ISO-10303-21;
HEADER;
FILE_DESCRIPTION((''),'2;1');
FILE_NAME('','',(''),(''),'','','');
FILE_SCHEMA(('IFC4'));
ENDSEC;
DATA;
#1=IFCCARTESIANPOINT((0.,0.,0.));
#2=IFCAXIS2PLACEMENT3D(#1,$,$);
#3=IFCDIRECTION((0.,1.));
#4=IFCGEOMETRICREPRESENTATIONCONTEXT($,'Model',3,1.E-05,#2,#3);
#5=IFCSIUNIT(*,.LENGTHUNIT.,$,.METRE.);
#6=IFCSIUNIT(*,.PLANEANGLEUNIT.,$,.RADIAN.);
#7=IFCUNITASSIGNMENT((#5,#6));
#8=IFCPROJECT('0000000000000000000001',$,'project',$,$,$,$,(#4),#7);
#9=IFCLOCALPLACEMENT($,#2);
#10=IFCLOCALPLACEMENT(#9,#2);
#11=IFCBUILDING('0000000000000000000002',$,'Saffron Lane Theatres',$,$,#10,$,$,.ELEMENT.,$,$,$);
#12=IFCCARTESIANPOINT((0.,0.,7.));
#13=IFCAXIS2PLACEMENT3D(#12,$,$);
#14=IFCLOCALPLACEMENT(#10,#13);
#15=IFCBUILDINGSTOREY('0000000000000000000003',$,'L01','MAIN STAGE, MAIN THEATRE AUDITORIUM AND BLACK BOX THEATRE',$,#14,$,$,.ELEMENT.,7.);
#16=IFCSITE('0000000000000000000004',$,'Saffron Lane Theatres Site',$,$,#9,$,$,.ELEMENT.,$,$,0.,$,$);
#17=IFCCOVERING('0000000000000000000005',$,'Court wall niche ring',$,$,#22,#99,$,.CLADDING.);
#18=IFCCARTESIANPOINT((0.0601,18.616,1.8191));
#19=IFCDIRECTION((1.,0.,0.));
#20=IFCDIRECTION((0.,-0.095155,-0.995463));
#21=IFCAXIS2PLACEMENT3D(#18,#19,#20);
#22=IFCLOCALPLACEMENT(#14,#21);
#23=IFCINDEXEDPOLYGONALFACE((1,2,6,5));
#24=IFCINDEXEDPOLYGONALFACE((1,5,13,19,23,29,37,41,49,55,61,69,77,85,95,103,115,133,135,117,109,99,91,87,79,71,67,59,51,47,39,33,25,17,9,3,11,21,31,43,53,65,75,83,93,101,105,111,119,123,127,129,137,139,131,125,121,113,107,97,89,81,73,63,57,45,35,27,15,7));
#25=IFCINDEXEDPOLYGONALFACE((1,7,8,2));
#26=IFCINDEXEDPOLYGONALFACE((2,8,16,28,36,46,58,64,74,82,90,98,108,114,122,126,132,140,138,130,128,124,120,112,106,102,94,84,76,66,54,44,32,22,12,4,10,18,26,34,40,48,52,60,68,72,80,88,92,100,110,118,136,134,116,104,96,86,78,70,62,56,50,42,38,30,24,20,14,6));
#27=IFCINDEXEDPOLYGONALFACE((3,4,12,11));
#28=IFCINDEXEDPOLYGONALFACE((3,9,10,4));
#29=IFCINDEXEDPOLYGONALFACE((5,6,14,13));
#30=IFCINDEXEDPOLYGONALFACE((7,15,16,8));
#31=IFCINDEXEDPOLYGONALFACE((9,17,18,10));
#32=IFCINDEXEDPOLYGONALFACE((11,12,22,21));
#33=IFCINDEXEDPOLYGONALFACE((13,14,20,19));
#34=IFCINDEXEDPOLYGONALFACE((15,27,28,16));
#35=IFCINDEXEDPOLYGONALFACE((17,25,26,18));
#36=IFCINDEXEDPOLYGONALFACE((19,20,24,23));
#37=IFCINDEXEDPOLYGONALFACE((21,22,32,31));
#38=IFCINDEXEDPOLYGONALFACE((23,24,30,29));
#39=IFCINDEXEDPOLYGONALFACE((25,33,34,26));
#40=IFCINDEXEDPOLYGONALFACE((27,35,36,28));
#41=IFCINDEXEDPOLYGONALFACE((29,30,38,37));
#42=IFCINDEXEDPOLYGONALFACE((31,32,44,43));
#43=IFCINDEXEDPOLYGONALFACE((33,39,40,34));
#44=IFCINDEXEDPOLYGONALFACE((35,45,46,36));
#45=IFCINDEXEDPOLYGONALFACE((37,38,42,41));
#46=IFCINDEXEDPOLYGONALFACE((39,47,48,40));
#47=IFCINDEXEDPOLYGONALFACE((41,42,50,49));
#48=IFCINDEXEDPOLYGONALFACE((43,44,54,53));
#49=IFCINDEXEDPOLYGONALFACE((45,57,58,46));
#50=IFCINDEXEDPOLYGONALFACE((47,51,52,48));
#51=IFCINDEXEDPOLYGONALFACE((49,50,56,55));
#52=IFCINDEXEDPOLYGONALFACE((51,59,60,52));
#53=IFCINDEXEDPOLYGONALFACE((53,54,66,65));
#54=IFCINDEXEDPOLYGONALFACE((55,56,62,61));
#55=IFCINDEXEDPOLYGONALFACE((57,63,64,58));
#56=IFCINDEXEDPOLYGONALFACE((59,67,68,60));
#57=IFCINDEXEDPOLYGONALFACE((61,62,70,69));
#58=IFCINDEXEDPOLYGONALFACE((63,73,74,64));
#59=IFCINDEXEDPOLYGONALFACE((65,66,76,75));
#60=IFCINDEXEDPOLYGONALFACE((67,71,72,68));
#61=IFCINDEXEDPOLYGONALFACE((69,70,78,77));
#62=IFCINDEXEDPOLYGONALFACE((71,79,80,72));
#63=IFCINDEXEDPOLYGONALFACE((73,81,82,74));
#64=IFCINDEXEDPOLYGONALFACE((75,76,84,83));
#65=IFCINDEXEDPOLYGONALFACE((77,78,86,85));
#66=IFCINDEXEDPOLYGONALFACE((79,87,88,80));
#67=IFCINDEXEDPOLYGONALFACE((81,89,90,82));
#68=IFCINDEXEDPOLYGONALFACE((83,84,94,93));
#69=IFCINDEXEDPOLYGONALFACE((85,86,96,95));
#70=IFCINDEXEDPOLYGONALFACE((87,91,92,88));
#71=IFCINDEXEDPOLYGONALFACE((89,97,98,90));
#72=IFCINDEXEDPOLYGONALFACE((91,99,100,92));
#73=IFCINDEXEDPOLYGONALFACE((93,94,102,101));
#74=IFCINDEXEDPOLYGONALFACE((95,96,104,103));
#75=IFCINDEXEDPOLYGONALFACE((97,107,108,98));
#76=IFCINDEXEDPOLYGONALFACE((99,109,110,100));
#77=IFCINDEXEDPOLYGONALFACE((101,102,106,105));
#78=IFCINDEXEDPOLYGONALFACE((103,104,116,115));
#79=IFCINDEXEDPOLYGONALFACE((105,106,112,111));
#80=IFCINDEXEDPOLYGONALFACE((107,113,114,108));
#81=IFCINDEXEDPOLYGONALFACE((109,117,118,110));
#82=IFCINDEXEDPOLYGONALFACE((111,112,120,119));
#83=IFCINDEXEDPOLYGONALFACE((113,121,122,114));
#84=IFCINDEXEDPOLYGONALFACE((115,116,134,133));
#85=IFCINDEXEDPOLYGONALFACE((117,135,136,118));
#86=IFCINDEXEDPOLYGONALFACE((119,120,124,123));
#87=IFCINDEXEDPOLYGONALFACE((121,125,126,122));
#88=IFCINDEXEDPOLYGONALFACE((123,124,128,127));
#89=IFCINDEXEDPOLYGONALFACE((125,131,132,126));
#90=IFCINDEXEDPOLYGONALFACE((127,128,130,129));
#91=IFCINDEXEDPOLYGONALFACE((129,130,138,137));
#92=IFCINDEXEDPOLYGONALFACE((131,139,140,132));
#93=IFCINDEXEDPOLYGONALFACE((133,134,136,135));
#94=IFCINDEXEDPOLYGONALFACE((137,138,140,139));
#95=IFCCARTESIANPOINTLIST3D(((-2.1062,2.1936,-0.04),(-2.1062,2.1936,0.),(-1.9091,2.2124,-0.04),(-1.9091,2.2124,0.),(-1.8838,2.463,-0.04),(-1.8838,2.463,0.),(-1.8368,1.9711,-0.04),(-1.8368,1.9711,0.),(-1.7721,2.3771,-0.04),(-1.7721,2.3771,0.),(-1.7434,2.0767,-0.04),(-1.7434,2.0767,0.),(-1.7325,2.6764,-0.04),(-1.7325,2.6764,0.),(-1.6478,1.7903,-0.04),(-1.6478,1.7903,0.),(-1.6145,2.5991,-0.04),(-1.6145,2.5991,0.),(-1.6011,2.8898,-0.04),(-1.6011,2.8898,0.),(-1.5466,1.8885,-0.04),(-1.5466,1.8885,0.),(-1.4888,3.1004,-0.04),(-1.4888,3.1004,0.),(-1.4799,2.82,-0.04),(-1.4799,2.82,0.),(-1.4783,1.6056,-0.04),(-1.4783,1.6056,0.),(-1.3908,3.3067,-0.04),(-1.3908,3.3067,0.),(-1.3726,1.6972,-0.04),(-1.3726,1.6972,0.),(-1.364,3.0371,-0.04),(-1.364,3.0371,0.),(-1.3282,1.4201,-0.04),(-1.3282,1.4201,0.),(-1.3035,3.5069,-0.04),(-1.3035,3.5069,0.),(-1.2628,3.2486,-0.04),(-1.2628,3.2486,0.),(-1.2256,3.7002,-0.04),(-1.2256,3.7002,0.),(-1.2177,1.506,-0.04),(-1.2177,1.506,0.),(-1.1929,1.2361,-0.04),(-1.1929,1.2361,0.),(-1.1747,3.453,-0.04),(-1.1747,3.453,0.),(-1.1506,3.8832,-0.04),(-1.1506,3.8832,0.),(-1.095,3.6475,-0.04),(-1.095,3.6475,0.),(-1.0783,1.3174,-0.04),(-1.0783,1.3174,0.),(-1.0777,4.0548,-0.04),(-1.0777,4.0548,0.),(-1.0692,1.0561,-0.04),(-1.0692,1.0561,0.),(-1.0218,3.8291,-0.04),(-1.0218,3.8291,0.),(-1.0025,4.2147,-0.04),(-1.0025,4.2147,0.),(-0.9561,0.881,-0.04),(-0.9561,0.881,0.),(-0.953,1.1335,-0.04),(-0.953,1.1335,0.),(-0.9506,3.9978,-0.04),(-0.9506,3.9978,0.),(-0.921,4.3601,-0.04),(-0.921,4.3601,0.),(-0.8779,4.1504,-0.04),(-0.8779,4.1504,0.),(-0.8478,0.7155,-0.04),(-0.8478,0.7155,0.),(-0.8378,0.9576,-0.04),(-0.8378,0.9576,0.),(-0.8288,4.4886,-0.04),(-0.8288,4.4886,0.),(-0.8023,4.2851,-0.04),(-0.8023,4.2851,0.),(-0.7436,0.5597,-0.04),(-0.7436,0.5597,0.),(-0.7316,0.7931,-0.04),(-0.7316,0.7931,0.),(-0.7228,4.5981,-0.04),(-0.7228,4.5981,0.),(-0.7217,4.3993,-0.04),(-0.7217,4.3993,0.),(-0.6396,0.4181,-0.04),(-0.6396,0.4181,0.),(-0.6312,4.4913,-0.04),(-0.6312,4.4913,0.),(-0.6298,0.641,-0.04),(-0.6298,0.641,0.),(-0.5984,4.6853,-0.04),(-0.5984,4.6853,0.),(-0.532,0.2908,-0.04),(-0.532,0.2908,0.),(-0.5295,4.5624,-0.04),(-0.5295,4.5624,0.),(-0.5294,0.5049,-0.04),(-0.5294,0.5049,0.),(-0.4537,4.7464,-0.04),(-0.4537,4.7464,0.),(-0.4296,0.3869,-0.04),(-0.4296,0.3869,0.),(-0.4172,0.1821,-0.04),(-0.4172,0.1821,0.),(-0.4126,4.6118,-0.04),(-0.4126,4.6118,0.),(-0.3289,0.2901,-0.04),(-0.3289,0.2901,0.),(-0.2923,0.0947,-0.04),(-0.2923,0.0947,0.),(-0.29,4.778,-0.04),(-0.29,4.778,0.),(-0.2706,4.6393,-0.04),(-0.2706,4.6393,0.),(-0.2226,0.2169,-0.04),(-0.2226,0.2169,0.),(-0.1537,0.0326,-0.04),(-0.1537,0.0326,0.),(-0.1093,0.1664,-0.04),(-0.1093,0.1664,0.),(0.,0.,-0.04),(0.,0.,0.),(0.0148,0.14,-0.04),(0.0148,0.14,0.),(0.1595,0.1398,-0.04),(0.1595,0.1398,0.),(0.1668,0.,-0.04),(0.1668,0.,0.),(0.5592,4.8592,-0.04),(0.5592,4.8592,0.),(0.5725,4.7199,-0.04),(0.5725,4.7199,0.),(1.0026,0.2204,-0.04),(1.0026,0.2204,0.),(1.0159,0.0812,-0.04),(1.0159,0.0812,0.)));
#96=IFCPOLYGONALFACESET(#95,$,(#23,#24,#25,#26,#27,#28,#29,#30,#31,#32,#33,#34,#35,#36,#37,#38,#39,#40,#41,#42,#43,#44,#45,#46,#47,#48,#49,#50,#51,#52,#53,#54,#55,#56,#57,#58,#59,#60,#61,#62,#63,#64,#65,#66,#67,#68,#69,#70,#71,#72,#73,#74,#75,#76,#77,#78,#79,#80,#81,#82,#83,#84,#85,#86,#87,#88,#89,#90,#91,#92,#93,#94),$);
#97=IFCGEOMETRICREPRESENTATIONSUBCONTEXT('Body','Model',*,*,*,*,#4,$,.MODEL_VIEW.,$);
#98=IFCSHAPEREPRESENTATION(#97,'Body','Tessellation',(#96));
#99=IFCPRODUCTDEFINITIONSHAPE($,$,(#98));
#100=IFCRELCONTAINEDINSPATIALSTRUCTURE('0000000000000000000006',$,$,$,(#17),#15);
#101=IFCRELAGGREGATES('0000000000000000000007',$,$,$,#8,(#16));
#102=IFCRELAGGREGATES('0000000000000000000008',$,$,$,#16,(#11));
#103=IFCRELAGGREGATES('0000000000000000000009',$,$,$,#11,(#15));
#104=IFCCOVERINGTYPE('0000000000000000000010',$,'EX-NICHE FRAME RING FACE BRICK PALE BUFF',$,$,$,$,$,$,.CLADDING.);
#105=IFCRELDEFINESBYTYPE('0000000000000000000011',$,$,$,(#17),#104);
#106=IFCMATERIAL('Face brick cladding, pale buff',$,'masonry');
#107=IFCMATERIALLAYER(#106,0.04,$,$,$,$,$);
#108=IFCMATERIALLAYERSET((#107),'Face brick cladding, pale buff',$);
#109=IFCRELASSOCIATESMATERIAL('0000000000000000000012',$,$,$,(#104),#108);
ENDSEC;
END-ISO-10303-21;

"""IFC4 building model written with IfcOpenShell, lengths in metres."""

from ifc_helpers import new_model, si_unit, direction, frame, origin, place, context, subcontext, project, spatial, polyline, outline, extrude, material, layer, layer_set, type_object, element, save


model = new_model("IFC4")

# Units and contexts
model_context = context("Model", 3, precision=1e-05, world=origin(), true_north=direction((0.0, 1.0)))
body_context = subcontext(model_context, "Body", "Model", "MODEL_VIEW")
ifc_project = project(units=[si_unit("LENGTHUNIT", "METRE"), si_unit("PLANEANGLEUNIT", "RADIAN")], contexts=[model_context])

# Site, building, storey
site_placement = place(None, origin())
site = spatial("IfcSite", under=ifc_project, at=site_placement, Name="Saffron Lane Theatres Site", CompositionType="ELEMENT", RefElevation=0.0)
building_placement = place(site_placement, origin())
building = spatial("IfcBuilding", under=site, at=building_placement, Name="Saffron Lane Theatres", CompositionType="ELEMENT")
storey_placement = place(building_placement, frame((0.0, 0.0, 7.0)))
storey = spatial("IfcBuildingStorey", under=building, at=storey_placement, Name="L01", Description="MAIN STAGE, MAIN THEATRE AUDITORIUM AND BLACK BOX THEATRE", CompositionType="ELEMENT", Elevation=7.0)

# Covering
ifc_material_1 = material(Name="Face brick cladding, pale buff", Category="masonry")
ifc_layer_1 = layer(ifc_material_1, 0.04)
ifc_layer_set_1 = layer_set([ifc_layer_1], Name="Face brick cladding, pale buff")
covering_type_1 = type_object("IfcCoveringType", Name="EX-NICHE FRAME RING FACE BRICK PALE BUFF", PredefinedType="CLADDING", material=ifc_layer_set_1)
covering_1_placement = place(storey_placement, frame((0.0601, 18.616, 1.8191), z_axis=(1.0, 0.0, 0.0), x_axis=(0.0, -0.095155, -0.995463)))
element("IfcCovering", 1, at=covering_1_placement, inside=storey, type_object=covering_type_1, Name="Court wall niche ring", PredefinedType="CLADDING", context=body_context, shape_type="SweptSolid", body=[
    extrude(outline(polyline([(0.0, 0.0), (0.1668, 0.0), (1.0159, 0.0812), (1.0026, 0.2204), (0.1595, 0.1398), (0.0148, 0.14), (-0.1093, 0.1664), (-0.2226, 0.2169), (-0.3289, 0.2901), (-0.4296, 0.3869), (-0.5294, 0.5049), (-0.6298, 0.641), (-0.7316, 0.7931), (-0.8378, 0.9576), (-0.953, 1.1335), (-1.0783, 1.3174), (-1.2177, 1.506), (-1.3726, 1.6972), (-1.5466, 1.8885), (-1.7434, 2.0767), (-1.9091, 2.2124), (-1.7721, 2.3771), (-1.6145, 2.5991), (-1.4799, 2.82), (-1.364, 3.0371), (-1.2628, 3.2486), (-1.1747, 3.453), (-1.095, 3.6475), (-1.0218, 3.8291), (-0.9506, 3.9978), (-0.8779, 4.1504), (-0.8023, 4.2851), (-0.7217, 4.3993), (-0.6312, 4.4913), (-0.5295, 4.5624), (-0.4126, 4.6118), (-0.2706, 4.6393), (0.5725, 4.7199), (0.5592, 4.8592), (-0.29, 4.778), (-0.4537, 4.7464), (-0.5984, 4.6853), (-0.7228, 4.5981), (-0.8288, 4.4886), (-0.921, 4.3601), (-1.0025, 4.2147), (-1.0777, 4.0548), (-1.1506, 3.8832), (-1.2256, 3.7002), (-1.3035, 3.5069), (-1.3908, 3.3067), (-1.4888, 3.1004), (-1.6011, 2.8898), (-1.7325, 2.6764), (-1.8838, 2.463), (-2.1062, 2.1936), (-1.8368, 1.9711), (-1.6478, 1.7903), (-1.4783, 1.6056), (-1.3282, 1.4201), (-1.1929, 1.2361), (-1.0692, 1.0561), (-0.9561, 0.881), (-0.8478, 0.7155), (-0.7436, 0.5597), (-0.6396, 0.4181), (-0.532, 0.2908), (-0.4172, 0.1821), (-0.2923, 0.0947), (-0.1537, 0.0326), (0.0, 0.0)])), origin(), (0.0, 0.0, -1.0), 0.04),
])

save(model, "model.ifc")
